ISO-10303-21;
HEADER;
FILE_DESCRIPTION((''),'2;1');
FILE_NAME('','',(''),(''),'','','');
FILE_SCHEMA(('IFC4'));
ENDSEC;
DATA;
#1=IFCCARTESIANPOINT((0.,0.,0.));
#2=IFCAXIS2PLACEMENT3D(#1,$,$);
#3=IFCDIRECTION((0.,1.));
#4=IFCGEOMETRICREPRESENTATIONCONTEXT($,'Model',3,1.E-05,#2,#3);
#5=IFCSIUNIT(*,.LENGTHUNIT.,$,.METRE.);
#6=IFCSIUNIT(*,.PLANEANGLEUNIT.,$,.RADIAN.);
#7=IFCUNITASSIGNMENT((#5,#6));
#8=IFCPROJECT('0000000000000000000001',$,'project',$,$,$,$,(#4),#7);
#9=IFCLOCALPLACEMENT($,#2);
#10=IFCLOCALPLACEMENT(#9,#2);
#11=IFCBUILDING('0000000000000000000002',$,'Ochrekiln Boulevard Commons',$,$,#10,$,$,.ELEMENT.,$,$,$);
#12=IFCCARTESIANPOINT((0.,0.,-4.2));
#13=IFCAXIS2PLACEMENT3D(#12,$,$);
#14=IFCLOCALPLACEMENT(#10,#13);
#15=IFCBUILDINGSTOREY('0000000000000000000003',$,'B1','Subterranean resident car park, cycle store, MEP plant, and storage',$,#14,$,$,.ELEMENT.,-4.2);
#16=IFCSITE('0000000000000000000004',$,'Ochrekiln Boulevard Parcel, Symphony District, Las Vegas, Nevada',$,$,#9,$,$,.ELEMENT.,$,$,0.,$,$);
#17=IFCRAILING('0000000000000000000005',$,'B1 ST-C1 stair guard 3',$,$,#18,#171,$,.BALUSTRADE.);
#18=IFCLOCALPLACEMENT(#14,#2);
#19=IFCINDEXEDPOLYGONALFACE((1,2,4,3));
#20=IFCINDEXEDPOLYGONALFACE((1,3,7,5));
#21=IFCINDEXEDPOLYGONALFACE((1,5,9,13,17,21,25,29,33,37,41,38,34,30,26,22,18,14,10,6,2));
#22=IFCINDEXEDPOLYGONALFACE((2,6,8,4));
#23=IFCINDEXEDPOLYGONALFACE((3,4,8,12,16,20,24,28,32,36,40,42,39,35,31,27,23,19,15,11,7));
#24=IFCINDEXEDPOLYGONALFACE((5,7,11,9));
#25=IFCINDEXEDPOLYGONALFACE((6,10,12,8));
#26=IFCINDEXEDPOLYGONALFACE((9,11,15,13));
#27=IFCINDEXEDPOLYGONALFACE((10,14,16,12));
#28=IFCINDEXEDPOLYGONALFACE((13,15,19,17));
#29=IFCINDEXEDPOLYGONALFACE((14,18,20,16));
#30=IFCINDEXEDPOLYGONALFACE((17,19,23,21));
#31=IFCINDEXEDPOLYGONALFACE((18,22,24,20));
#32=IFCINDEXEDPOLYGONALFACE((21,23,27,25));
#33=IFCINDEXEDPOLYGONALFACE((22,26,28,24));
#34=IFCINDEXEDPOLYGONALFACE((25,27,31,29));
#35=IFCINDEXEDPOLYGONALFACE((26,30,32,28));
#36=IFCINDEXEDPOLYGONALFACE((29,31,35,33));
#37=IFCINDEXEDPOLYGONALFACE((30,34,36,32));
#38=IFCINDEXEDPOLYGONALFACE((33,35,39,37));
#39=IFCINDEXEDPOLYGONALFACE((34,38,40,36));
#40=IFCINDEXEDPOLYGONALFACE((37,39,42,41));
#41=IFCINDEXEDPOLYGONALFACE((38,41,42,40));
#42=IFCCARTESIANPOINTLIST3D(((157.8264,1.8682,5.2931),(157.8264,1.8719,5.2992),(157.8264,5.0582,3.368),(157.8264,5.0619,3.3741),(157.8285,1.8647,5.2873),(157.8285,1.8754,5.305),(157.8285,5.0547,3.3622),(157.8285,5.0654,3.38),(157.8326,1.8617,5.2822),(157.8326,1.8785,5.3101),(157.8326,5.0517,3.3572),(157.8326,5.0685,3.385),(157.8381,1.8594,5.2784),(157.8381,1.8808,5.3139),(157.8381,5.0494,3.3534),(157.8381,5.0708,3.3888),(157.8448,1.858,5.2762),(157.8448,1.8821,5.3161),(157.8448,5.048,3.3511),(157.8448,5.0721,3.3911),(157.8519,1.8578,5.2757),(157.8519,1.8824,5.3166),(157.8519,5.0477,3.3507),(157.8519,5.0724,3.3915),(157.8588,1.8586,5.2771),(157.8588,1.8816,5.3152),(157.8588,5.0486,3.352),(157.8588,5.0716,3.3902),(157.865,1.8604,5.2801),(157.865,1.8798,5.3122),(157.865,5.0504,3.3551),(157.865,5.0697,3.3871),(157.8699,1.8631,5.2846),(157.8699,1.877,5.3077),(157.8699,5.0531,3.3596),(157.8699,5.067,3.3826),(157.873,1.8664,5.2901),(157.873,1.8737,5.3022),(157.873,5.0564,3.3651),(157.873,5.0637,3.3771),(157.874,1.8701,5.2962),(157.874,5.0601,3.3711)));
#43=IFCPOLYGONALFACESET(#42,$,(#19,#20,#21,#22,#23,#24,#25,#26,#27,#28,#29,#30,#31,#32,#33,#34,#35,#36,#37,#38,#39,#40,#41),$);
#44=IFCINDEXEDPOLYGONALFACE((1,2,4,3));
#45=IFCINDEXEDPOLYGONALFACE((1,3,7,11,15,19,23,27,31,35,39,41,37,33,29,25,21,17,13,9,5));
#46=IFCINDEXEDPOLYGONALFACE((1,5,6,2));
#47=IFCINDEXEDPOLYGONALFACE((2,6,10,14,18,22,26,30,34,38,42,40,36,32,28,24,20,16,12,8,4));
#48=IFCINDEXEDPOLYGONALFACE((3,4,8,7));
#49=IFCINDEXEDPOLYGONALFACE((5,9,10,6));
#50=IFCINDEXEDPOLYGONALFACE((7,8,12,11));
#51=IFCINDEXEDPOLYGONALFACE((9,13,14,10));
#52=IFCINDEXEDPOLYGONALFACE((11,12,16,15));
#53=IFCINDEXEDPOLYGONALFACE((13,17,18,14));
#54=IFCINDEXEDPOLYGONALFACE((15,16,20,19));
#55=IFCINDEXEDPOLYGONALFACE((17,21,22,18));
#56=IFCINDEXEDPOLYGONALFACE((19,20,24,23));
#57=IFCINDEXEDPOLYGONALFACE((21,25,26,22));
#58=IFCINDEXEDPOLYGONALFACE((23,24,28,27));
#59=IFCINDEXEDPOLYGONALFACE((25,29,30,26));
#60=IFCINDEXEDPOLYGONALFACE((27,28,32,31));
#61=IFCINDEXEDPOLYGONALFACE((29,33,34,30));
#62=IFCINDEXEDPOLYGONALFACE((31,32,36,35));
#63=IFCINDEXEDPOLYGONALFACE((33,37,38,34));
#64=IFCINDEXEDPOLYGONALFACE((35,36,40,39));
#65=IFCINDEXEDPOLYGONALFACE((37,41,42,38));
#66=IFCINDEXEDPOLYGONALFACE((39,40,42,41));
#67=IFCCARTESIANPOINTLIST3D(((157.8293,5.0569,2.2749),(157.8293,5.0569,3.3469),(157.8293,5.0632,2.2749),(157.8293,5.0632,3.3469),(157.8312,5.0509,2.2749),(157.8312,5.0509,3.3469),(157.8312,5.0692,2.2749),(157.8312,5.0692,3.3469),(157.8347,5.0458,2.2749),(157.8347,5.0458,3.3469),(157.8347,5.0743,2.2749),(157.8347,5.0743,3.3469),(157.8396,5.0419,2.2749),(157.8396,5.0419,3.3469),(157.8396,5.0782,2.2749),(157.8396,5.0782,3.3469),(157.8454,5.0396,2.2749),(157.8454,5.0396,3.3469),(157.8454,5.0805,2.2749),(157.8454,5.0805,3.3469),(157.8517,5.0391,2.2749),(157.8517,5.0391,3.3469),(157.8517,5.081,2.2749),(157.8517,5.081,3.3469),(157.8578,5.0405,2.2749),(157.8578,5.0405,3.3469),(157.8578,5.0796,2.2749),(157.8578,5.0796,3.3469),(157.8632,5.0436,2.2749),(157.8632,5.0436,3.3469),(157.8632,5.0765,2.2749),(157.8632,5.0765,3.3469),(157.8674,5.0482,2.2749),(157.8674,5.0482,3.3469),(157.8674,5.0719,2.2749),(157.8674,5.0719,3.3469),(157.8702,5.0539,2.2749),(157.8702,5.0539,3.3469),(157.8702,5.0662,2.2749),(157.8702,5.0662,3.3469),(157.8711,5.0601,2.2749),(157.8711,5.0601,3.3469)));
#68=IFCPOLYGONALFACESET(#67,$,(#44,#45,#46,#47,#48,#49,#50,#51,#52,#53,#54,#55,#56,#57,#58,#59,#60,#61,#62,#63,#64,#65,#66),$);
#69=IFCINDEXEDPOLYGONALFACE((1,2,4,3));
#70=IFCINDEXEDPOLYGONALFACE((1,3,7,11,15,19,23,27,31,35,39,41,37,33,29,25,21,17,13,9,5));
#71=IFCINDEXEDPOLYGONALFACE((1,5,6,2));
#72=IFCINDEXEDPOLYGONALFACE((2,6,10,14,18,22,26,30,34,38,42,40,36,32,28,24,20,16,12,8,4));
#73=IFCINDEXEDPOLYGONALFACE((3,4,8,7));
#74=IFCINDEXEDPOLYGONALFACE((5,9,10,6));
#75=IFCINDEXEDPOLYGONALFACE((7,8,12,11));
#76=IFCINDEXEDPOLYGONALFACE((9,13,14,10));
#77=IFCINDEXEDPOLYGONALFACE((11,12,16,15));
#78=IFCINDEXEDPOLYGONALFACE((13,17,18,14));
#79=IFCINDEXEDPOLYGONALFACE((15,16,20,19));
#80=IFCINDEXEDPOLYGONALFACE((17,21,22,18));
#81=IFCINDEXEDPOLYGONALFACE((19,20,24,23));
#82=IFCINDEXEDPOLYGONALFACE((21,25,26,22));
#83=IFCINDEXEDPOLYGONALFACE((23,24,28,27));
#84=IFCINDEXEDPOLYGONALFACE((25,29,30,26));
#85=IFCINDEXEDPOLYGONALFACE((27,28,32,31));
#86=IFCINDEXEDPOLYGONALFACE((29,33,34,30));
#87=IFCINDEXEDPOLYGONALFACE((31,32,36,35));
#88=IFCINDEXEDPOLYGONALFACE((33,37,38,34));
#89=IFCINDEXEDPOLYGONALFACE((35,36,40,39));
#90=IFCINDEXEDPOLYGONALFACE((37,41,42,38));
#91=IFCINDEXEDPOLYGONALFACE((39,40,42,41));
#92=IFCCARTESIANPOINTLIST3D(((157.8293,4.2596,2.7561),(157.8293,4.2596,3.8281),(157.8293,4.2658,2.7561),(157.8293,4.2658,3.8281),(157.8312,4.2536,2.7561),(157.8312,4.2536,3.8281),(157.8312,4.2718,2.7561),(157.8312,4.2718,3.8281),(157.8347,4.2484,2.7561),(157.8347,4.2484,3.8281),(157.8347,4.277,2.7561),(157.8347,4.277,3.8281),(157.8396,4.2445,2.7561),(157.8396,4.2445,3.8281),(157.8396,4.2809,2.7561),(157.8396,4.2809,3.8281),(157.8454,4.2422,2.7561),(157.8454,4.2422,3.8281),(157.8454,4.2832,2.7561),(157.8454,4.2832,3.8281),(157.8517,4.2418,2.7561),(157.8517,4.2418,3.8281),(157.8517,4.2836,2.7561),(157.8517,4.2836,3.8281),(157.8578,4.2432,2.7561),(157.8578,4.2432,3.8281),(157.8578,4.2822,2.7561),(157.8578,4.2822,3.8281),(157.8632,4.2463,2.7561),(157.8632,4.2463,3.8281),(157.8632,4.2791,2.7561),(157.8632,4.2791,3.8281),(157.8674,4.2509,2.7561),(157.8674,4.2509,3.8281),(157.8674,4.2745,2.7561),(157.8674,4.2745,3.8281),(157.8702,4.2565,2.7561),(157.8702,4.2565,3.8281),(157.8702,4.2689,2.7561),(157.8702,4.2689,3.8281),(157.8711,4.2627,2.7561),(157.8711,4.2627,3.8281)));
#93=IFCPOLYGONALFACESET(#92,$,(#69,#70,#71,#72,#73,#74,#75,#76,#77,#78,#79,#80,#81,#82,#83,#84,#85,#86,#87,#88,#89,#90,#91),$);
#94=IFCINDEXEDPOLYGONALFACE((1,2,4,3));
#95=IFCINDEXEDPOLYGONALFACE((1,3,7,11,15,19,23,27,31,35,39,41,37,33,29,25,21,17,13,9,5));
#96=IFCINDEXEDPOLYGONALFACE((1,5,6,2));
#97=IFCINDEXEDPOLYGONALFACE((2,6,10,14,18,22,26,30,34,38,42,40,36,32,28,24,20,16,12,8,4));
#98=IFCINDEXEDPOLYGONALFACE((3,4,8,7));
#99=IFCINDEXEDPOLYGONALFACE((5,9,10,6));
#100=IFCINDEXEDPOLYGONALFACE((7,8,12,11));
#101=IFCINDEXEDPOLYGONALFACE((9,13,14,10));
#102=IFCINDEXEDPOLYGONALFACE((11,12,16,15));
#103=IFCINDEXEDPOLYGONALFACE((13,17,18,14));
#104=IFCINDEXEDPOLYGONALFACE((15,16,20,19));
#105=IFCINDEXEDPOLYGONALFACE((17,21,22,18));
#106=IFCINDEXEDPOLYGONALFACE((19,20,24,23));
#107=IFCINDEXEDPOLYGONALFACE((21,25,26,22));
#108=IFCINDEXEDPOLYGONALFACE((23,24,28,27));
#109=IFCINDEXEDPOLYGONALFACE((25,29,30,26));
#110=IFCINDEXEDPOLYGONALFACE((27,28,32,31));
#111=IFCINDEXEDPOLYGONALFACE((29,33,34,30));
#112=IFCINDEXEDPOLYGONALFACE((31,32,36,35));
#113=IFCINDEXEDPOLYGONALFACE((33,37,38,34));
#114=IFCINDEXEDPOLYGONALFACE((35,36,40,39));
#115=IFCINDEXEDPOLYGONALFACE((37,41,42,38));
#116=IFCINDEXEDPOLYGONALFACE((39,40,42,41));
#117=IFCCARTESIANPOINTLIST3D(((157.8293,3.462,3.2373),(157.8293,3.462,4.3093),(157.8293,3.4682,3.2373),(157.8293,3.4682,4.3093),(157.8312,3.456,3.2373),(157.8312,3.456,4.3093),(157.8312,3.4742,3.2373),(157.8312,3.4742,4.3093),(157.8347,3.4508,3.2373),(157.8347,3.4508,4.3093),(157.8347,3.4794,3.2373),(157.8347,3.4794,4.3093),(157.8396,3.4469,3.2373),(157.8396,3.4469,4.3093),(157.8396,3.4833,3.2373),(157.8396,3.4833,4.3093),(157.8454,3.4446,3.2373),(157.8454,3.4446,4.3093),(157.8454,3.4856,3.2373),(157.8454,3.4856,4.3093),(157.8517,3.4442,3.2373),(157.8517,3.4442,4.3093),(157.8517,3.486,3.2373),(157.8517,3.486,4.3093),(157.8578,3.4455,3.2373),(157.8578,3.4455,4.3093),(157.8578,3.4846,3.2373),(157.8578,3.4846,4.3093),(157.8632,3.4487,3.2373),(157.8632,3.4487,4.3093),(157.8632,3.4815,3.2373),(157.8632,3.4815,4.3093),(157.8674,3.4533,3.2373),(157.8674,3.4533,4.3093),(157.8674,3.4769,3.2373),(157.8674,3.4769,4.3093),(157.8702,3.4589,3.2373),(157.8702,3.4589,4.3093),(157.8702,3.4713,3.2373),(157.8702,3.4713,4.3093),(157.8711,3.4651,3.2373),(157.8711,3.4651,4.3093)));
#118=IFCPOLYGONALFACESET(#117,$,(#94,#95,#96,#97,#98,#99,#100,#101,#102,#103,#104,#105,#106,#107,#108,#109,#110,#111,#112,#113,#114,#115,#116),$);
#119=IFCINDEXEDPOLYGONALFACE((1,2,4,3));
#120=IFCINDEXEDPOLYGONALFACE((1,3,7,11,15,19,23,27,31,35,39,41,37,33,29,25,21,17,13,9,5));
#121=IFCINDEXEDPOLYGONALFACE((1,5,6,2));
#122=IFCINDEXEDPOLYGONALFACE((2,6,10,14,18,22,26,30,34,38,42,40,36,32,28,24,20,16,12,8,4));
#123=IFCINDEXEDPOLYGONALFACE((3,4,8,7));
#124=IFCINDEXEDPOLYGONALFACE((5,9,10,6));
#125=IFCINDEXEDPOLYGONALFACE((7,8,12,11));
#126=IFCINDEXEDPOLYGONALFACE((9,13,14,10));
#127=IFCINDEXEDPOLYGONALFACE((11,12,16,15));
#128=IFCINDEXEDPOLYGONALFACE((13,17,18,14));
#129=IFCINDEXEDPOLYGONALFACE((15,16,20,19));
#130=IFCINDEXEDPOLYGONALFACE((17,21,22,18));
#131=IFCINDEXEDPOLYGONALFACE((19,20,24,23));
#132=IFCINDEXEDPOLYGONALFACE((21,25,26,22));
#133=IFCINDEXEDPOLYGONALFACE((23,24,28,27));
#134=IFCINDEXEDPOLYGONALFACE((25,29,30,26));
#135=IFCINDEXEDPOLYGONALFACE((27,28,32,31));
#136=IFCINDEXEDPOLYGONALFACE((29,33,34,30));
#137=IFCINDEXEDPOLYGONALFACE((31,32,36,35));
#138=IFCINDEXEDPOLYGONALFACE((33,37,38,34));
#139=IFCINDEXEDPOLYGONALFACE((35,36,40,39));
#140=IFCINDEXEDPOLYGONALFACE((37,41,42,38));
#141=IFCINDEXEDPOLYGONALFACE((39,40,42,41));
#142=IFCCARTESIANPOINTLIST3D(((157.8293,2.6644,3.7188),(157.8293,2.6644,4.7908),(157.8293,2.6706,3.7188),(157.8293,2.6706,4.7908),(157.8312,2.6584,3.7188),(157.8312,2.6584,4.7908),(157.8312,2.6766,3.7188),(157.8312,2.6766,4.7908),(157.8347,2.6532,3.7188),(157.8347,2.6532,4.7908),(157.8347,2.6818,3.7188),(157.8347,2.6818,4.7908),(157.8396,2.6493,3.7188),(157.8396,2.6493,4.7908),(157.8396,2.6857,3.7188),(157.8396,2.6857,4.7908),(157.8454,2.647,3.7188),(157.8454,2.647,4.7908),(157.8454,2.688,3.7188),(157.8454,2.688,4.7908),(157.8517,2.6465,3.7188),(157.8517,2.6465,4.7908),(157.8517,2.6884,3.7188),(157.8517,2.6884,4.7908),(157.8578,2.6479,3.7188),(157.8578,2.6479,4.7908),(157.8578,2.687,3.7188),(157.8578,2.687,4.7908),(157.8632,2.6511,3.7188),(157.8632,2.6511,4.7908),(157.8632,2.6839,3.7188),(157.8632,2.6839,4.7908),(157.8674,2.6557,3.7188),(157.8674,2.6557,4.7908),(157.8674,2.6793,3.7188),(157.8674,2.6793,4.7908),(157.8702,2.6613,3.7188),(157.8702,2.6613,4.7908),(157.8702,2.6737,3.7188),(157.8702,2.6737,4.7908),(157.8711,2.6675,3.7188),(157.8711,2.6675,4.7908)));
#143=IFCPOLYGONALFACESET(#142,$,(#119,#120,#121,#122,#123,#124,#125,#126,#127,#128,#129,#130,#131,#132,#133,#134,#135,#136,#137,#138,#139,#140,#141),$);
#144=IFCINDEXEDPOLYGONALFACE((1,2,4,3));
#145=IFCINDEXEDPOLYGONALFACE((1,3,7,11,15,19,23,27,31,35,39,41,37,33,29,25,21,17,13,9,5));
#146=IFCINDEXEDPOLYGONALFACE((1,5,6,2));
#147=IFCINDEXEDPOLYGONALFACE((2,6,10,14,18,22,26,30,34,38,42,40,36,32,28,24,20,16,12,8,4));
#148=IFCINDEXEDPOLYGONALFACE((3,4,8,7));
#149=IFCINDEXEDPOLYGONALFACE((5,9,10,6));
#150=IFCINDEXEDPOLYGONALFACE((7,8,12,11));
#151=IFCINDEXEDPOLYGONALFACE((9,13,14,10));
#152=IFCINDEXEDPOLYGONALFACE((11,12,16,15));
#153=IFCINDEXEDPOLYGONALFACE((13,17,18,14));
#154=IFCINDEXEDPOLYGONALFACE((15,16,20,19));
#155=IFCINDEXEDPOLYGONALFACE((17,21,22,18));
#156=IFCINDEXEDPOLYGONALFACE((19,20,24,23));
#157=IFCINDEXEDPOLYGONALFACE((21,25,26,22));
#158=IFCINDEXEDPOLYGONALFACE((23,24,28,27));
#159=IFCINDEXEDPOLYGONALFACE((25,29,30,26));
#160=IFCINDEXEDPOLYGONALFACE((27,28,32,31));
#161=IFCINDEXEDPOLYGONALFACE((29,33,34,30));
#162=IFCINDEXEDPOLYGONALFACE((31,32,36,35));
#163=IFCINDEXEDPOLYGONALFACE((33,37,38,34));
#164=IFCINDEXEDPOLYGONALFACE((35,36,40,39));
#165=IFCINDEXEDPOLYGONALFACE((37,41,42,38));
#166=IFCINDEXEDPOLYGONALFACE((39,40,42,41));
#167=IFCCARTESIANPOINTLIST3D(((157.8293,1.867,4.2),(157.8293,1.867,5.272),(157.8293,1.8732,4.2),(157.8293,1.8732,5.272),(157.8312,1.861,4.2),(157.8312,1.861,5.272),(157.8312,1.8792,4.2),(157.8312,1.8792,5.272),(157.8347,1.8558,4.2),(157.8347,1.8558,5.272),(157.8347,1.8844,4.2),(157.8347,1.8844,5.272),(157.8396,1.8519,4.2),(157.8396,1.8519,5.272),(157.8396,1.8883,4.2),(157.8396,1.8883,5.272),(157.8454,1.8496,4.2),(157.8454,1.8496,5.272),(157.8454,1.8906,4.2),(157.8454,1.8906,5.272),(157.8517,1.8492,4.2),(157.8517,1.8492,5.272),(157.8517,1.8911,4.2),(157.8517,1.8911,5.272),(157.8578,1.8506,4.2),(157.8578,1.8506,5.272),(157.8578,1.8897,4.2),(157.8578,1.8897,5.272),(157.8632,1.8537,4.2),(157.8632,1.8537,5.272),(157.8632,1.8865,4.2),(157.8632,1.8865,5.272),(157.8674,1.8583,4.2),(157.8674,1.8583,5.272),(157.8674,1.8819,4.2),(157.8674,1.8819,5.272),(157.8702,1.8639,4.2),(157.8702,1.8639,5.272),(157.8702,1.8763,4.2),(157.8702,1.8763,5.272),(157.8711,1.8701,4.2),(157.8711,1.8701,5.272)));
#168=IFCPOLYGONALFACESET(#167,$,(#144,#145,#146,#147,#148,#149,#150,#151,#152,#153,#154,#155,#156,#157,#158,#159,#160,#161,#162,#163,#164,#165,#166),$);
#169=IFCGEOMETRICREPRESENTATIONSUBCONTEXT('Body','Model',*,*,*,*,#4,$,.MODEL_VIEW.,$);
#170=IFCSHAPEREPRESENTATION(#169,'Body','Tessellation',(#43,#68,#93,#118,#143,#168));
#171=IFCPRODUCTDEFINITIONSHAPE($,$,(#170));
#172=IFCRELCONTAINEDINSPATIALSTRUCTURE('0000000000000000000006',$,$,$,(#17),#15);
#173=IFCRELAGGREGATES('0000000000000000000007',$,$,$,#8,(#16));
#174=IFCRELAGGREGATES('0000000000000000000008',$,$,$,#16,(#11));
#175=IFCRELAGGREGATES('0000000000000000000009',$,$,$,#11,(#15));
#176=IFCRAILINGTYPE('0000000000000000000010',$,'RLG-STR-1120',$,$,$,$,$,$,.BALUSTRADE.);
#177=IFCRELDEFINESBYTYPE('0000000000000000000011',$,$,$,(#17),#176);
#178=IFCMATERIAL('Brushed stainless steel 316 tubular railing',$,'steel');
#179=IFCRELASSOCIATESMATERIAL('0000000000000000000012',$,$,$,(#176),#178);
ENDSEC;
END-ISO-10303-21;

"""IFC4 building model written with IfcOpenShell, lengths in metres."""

from ifc_helpers import new_model, si_unit, direction, frame, origin, origin_2d, place, context, subcontext, project, spatial, circle, extrude, material, type_object, element, save


model = new_model("IFC4")

# Units and contexts
model_context = context("Model", 3, precision=1e-05, world=origin(), true_north=direction((0.0, 1.0)))
body_context = subcontext(model_context, "Body", "Model", "MODEL_VIEW")
ifc_project = project(units=[si_unit("LENGTHUNIT", "METRE"), si_unit("PLANEANGLEUNIT", "RADIAN")], contexts=[model_context])

# Site, building, storey
site_placement = place(None, origin())
site = spatial("IfcSite", under=ifc_project, at=site_placement, Name="Ochrekiln Boulevard Parcel, Symphony District, Las Vegas, Nevada", CompositionType="ELEMENT", RefElevation=0.0)
building_placement = place(site_placement, origin())
building = spatial("IfcBuilding", under=site, at=building_placement, Name="Ochrekiln Boulevard Commons", CompositionType="ELEMENT")
storey_placement = place(building_placement, frame((0.0, 0.0, -4.2)))
storey = spatial("IfcBuildingStorey", under=building, at=storey_placement, Name="B1", Description="Subterranean resident car park, cycle store, MEP plant, and storage", CompositionType="ELEMENT", Elevation=-4.2)

# Railing
ifc_material_1 = material(Name="Brushed stainless steel 316 tubular railing", Category="steel")
railing_type_1 = type_object("IfcRailingType", Name="RLG-STR-1120", PredefinedType="BALUSTRADE", material=ifc_material_1)
railing_1_placement = place(storey_placement, frame((157.8501, 5.0601, 2.2749)))
element("IfcRailing", 1, at=railing_1_placement, inside=storey, type_object=railing_type_1, Name="B1 ST-C1 stair guard 3", PredefinedType="BALUSTRADE", context=body_context, shape_type="SweptSolid", body=[
    extrude(circle(Radius=0.0239, at=origin_2d()), frame((0.0, 0.0, 1.0962), z_axis=(0.0, -0.856178, 0.516682), x_axis=(1.0, 0.0, 0.0)), (0.0, 0.0, 1.0), 3.7258),
    extrude(circle(Radius=0.021, at=origin_2d()), origin(), (0.0, 0.0, 1.0), 1.072),
    extrude(circle(Radius=0.021, at=origin_2d()), frame((0.0, -0.7974, 0.4812)), (0.0, 0.0, 1.0), 1.072),
    extrude(circle(Radius=0.021, at=origin_2d()), frame((0.0, -1.595, 0.9624)), (0.0, 0.0, 1.0), 1.072),
    extrude(circle(Radius=0.021, at=origin_2d()), frame((0.0, -2.3926, 1.4438)), (0.0, 0.0, 1.0), 1.072),
    extrude(circle(Radius=0.021, at=origin_2d()), frame((0.0, -3.1899, 1.925)), (0.0, 0.0, 1.0), 1.072),
])

save(model, "model.ifc")
